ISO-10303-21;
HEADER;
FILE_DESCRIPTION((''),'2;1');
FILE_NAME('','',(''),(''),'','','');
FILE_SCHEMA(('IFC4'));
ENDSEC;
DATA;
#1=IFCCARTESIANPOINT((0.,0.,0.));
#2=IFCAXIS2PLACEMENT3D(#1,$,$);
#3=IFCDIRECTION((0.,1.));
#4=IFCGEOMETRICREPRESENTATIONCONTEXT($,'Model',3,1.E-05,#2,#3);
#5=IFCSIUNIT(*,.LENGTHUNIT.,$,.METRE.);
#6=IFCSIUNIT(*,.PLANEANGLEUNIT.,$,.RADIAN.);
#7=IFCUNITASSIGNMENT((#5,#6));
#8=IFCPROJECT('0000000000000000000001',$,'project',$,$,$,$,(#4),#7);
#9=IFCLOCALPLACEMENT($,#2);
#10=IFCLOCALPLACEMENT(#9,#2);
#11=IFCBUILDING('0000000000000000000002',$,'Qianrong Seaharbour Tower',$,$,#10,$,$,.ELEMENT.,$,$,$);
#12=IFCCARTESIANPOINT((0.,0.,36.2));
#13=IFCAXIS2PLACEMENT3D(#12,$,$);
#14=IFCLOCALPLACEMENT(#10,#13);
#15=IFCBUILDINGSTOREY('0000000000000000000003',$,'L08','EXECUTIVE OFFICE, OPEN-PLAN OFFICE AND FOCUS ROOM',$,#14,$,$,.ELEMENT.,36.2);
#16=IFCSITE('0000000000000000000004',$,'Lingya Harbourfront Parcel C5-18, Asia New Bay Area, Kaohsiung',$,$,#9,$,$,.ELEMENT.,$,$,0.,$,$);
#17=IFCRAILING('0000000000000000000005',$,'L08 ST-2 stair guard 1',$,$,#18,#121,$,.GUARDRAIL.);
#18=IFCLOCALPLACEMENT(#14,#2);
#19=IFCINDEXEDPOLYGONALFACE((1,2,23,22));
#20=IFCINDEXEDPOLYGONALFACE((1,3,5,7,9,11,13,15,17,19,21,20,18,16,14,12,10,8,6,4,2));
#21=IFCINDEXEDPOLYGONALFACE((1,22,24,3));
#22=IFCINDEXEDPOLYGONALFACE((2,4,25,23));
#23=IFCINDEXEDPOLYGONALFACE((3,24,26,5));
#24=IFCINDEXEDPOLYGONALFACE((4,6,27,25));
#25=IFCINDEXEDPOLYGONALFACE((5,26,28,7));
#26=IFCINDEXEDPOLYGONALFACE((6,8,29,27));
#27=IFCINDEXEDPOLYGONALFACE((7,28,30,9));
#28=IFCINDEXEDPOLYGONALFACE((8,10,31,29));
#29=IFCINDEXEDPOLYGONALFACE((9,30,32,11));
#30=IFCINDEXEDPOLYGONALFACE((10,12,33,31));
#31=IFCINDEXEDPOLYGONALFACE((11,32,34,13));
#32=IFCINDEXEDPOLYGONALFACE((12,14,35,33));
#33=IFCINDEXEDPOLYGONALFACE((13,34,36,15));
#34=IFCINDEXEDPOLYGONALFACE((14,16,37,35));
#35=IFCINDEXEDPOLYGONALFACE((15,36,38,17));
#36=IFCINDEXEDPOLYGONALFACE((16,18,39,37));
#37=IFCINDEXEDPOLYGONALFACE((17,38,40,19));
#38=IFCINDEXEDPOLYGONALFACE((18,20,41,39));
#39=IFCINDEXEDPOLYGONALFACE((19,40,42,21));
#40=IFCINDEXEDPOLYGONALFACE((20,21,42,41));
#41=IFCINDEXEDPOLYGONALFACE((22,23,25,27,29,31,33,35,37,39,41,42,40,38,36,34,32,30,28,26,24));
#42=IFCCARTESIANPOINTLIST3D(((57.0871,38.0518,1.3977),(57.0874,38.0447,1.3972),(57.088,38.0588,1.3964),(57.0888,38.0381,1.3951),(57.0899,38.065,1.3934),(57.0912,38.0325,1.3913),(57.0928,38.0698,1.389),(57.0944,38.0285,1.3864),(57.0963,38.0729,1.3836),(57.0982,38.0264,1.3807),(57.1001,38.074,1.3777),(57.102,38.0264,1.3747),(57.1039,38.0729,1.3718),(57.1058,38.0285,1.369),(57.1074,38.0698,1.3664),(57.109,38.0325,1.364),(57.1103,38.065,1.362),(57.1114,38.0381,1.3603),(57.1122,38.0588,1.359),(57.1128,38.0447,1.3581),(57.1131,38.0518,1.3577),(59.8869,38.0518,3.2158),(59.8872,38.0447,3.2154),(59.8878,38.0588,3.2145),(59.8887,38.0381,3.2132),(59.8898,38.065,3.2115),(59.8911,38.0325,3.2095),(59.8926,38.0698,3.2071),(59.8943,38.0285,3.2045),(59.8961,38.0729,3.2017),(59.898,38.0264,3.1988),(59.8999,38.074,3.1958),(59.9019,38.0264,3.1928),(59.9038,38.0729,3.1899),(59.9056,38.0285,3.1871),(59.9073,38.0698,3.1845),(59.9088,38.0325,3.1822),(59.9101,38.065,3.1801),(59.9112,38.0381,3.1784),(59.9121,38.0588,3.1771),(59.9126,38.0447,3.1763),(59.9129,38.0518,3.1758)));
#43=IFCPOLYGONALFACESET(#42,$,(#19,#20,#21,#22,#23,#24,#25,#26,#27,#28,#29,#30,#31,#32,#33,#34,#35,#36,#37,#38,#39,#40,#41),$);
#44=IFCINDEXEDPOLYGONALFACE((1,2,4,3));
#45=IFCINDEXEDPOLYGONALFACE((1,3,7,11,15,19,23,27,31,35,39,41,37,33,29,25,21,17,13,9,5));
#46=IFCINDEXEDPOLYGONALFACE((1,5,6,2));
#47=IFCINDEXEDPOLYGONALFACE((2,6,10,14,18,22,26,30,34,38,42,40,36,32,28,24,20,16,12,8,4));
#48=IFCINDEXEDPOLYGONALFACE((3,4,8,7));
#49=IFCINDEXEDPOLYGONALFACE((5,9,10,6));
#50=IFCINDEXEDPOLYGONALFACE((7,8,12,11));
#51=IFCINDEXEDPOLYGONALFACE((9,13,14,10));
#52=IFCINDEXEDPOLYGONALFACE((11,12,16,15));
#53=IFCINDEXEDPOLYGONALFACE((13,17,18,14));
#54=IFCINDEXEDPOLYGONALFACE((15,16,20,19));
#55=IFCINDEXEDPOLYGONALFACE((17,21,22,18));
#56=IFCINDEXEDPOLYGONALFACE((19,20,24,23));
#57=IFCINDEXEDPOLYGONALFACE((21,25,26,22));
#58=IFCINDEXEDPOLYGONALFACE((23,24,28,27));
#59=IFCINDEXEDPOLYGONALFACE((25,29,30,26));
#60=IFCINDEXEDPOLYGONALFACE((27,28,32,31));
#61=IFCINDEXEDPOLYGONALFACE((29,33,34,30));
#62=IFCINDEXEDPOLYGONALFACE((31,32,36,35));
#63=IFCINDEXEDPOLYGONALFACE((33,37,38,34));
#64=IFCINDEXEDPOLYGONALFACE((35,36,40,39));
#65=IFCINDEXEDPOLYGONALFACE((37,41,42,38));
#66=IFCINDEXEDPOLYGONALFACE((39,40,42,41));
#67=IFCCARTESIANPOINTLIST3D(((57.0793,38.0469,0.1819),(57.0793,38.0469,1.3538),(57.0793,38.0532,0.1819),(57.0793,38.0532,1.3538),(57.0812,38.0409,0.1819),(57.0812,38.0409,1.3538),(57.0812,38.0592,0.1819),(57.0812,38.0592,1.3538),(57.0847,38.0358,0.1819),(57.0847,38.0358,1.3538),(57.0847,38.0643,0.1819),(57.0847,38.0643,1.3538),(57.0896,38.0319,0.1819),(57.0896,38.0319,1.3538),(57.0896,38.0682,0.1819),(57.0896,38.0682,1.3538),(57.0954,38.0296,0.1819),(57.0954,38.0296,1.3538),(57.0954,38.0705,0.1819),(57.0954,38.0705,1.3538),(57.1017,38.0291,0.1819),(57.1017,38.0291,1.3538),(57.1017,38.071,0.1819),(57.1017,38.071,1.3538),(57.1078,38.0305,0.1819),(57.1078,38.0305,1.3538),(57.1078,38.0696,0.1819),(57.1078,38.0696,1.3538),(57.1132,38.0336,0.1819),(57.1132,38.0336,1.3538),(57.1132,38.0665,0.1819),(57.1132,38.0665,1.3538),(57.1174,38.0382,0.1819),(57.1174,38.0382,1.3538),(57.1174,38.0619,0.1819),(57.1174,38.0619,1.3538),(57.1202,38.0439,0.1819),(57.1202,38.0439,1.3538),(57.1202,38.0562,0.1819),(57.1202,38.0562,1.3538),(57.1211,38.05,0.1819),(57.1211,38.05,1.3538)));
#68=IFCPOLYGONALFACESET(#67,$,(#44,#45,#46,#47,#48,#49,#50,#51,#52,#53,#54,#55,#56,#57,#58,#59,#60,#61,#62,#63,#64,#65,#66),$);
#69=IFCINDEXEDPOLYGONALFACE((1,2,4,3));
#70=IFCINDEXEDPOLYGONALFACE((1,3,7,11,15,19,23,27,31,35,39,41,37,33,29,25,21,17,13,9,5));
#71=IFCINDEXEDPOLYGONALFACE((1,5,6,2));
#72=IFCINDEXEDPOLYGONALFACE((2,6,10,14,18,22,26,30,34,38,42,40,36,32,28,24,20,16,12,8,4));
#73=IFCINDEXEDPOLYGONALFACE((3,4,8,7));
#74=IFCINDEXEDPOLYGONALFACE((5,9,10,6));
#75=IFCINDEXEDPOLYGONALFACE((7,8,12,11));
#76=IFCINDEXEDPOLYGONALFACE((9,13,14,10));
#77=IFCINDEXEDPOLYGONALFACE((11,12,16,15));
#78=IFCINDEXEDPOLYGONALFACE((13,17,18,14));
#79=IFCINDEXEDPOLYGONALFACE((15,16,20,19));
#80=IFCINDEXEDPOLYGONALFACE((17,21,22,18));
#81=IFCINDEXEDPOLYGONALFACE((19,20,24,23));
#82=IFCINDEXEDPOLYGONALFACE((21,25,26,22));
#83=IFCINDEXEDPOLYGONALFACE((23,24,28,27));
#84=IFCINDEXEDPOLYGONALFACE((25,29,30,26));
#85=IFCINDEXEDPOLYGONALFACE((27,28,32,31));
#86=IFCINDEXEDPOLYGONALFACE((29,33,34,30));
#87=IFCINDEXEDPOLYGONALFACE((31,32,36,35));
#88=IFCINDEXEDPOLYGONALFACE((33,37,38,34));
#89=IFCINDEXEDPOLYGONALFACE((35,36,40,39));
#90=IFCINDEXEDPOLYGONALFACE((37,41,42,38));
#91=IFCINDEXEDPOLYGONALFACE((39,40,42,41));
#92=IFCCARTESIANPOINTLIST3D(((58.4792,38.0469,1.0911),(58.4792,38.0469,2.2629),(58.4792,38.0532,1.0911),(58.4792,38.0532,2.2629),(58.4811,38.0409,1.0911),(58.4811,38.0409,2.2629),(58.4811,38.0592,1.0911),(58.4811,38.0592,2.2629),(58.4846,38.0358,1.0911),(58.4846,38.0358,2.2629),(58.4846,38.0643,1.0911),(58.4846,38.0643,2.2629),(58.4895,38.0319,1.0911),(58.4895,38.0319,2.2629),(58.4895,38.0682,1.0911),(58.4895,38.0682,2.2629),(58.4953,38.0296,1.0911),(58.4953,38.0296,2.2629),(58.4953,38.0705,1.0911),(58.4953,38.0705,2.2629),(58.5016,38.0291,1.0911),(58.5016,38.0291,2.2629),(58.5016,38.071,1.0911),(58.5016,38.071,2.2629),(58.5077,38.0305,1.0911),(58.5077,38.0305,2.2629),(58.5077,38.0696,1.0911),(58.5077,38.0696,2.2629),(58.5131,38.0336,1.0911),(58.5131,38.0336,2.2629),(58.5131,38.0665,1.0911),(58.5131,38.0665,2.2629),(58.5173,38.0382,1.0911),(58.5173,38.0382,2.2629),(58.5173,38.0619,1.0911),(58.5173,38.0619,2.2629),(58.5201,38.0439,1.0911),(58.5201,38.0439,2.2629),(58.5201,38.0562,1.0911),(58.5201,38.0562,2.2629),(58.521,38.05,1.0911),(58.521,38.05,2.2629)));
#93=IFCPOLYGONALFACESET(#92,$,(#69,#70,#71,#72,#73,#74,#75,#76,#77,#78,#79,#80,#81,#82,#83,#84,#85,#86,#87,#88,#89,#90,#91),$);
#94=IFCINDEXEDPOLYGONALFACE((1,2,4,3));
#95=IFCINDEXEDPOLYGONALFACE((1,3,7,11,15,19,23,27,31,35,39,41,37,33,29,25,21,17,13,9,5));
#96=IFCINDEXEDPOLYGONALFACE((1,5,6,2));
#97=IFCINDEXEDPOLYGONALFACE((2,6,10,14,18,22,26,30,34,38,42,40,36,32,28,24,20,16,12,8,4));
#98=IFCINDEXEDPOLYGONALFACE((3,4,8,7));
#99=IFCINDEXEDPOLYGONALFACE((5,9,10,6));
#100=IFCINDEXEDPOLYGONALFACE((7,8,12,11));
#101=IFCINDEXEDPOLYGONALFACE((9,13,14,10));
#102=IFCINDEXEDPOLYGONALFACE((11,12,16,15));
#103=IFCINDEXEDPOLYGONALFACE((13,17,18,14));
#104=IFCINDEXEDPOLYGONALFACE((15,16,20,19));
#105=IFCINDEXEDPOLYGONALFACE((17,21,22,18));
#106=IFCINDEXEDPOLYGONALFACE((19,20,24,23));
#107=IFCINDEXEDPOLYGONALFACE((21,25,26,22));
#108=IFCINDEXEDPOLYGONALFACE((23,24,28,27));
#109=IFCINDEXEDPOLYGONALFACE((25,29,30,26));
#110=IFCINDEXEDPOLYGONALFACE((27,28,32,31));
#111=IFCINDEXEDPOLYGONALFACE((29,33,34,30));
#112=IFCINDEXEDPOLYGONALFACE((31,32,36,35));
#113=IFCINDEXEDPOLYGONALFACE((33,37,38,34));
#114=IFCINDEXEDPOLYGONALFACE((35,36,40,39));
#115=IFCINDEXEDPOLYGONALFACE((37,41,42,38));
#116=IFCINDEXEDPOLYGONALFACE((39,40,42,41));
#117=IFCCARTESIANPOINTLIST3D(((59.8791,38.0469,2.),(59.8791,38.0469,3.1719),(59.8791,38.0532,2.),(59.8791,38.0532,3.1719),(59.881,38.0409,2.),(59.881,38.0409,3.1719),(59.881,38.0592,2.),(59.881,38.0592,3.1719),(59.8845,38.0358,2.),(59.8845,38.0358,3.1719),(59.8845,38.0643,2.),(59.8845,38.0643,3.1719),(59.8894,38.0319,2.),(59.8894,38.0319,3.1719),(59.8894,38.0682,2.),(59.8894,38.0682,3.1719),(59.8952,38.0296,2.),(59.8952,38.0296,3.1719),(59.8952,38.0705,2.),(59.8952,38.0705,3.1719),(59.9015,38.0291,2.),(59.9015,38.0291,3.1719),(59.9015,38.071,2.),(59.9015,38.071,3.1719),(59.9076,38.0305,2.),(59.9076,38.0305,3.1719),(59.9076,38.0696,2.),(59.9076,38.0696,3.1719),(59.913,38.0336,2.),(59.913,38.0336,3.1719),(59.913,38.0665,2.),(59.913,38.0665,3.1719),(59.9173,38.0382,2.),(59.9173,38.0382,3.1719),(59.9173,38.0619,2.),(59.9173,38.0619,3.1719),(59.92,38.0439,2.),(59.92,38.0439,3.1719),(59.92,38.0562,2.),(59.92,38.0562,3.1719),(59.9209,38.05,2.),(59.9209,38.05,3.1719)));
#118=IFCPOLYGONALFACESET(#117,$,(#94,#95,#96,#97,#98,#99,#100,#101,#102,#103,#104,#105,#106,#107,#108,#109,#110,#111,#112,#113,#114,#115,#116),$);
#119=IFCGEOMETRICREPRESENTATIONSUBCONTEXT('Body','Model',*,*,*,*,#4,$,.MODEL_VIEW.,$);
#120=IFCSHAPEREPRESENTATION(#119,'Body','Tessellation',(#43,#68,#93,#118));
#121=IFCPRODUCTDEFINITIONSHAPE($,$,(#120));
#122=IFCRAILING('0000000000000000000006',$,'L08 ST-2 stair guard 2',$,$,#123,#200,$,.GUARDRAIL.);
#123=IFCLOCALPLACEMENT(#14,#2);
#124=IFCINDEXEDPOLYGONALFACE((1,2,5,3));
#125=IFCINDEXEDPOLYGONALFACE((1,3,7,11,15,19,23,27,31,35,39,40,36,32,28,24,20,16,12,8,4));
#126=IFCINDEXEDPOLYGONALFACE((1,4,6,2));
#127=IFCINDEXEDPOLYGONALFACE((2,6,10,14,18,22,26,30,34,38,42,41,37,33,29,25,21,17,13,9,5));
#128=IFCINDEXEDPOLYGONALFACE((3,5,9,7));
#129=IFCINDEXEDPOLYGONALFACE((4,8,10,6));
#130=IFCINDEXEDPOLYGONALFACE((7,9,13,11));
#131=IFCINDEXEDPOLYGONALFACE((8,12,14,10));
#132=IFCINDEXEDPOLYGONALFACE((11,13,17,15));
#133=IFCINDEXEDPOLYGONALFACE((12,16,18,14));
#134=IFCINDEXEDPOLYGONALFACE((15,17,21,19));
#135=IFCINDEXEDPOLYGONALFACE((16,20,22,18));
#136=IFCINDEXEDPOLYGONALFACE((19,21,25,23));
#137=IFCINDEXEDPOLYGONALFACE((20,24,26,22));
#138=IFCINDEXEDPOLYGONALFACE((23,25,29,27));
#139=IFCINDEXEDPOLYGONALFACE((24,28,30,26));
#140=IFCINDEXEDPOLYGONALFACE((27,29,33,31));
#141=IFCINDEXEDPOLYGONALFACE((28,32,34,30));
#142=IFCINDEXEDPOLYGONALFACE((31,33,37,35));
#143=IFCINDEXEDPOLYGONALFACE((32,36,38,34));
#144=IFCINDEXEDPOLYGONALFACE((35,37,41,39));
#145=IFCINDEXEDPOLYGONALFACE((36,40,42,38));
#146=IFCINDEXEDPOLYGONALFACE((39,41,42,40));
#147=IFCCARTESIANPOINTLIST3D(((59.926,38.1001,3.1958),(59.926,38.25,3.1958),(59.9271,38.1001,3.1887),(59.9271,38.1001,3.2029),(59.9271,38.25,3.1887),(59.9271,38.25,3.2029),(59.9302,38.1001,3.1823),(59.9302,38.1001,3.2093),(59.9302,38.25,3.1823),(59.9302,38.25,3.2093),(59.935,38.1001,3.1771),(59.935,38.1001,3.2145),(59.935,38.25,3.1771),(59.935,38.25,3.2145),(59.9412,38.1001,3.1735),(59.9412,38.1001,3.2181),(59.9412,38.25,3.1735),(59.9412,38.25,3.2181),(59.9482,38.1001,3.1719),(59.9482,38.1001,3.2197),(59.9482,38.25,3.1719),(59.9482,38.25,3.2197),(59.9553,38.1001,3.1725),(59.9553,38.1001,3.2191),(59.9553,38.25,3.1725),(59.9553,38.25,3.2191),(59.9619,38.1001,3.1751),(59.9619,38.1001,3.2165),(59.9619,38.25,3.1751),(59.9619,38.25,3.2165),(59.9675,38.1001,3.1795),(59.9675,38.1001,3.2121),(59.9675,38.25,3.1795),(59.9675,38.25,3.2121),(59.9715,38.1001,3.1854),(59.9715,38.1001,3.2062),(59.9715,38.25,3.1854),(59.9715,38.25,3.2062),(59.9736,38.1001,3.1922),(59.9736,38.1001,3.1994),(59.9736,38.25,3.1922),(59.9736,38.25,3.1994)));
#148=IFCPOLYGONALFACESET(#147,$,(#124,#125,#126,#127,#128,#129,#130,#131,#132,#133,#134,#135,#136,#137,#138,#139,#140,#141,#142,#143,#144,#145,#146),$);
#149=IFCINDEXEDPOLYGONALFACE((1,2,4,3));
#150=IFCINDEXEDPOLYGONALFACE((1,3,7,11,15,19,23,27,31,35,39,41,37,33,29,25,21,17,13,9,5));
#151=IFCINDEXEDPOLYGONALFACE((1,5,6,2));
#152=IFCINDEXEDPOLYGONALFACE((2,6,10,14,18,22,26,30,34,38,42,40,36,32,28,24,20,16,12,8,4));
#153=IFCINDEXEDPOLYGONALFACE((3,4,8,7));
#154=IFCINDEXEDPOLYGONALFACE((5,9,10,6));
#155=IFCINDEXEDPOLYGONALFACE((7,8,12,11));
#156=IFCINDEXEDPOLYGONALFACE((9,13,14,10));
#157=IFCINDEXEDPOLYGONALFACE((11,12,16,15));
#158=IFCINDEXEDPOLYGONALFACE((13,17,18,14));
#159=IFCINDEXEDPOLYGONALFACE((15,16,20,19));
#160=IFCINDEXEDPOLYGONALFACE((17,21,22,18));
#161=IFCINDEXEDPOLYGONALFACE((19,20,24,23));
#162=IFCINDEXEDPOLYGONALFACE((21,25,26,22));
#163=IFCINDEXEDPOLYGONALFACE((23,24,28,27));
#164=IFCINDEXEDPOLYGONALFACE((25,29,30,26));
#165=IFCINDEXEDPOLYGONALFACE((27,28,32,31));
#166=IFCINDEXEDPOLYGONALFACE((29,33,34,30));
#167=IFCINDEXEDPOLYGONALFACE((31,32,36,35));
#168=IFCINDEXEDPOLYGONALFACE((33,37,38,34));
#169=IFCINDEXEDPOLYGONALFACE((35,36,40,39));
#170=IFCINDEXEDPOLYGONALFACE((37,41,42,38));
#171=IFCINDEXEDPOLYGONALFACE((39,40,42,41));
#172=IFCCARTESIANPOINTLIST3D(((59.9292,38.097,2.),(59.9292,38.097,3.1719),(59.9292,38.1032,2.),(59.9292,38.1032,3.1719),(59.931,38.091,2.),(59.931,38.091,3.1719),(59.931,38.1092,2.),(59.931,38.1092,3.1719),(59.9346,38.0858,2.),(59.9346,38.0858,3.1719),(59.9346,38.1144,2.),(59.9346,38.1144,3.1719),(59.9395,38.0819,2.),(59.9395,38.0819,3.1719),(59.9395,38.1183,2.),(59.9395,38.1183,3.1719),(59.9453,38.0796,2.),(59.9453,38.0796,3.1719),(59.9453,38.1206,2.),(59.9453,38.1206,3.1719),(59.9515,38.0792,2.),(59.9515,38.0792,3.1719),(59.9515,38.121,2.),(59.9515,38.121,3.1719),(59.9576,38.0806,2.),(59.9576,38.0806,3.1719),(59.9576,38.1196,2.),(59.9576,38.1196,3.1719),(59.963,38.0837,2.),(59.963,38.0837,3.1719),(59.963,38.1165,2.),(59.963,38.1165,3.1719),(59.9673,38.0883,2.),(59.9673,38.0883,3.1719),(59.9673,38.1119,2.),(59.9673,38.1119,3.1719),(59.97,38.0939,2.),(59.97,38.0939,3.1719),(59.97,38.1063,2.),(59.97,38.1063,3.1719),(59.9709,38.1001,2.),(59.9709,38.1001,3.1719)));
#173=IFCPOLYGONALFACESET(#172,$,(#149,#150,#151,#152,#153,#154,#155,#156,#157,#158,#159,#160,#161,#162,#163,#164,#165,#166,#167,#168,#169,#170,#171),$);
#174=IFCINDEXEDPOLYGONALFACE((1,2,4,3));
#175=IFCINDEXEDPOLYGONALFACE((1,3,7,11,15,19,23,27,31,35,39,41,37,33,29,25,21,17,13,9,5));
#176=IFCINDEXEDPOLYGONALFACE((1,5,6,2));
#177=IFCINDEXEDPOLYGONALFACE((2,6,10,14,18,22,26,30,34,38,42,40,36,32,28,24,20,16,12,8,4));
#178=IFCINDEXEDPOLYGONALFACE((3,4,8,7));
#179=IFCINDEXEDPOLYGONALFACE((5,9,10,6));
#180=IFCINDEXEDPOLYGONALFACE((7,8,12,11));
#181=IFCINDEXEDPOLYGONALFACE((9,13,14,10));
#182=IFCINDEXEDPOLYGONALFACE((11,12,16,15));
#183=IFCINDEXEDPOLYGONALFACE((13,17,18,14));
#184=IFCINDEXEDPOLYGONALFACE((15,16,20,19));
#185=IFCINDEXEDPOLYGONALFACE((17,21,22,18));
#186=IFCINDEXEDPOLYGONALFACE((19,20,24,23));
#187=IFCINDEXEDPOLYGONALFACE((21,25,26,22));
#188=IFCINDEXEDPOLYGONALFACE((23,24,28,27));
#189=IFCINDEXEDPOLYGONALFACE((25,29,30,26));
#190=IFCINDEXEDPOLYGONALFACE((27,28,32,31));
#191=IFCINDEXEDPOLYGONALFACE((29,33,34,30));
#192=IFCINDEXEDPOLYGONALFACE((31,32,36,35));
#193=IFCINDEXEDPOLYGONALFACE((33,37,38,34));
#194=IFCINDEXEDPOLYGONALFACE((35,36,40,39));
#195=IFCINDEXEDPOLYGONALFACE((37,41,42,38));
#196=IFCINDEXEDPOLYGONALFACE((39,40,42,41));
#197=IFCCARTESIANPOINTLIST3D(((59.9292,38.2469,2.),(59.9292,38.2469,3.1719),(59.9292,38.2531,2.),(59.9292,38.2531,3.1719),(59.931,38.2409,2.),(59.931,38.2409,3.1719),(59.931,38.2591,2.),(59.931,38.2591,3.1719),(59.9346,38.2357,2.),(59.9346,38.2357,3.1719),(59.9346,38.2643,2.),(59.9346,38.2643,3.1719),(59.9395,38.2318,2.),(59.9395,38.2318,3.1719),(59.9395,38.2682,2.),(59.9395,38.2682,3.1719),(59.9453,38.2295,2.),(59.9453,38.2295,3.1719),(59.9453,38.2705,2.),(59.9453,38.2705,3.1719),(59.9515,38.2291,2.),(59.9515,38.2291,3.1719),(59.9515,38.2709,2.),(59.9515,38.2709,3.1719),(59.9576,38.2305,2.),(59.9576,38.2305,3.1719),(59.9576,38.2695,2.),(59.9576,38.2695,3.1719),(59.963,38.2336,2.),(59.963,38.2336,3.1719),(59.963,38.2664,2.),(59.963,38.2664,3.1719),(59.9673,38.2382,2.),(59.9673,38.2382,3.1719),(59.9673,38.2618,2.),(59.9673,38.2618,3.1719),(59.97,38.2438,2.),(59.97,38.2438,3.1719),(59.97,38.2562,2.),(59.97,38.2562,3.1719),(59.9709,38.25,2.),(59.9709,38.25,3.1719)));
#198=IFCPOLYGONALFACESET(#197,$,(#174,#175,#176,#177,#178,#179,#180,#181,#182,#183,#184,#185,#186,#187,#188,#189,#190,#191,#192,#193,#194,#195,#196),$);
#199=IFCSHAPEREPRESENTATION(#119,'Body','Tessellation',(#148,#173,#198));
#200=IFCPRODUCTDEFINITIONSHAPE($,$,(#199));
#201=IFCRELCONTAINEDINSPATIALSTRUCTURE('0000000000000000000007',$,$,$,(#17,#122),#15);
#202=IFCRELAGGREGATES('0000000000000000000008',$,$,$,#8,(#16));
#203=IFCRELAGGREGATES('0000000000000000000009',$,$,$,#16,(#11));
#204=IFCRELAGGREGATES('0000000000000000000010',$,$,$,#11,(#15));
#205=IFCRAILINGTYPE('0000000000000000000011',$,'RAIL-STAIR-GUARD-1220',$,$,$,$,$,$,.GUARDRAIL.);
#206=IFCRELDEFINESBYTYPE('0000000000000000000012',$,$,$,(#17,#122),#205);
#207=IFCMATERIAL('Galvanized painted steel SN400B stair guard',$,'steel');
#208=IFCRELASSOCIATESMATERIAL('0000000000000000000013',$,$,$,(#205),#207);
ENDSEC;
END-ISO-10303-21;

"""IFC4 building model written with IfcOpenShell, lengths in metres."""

from ifc_helpers import new_model, si_unit, direction, frame, origin, origin_2d, place, context, subcontext, project, spatial, circle, extrude, material, type_object, element, save


model = new_model("IFC4")

# Units and contexts
model_context = context("Model", 3, precision=1e-05, world=origin(), true_north=direction((0.0, 1.0)))
body_context = subcontext(model_context, "Body", "Model", "MODEL_VIEW")
ifc_project = project(units=[si_unit("LENGTHUNIT", "METRE"), si_unit("PLANEANGLEUNIT", "RADIAN")], contexts=[model_context])

# Site, building, storey
site_placement = place(None, origin())
site = spatial("IfcSite", under=ifc_project, at=site_placement, Name="Lingya Harbourfront Parcel C5-18, Asia New Bay Area, Kaohsiung", CompositionType="ELEMENT", RefElevation=0.0)
building_placement = place(site_placement, origin())
building = spatial("IfcBuilding", under=site, at=building_placement, Name="Qianrong Seaharbour Tower", CompositionType="ELEMENT")
storey_placement = place(building_placement, frame((0.0, 0.0, 36.2)))
storey = spatial("IfcBuildingStorey", under=building, at=storey_placement, Name="L08", Description="EXECUTIVE OFFICE, OPEN-PLAN OFFICE AND FOCUS ROOM", CompositionType="ELEMENT", Elevation=36.2)

# Railings
ifc_material_1 = material(Name="Galvanized painted steel SN400B stair guard", Category="steel")
railing_type_1 = type_object("IfcRailingType", Name="RAIL-STAIR-GUARD-1220", PredefinedType="GUARDRAIL", material=ifc_material_1)
railing_1_placement = place(storey_placement, frame((57.1001, 38.05, 0.1819)))
element("IfcRailing", 1, at=railing_1_placement, inside=storey, type_object=railing_type_1, Name="L08 ST-2 stair guard 1", PredefinedType="GUARDRAIL", context=body_context, shape_type="SweptSolid", body=[
    extrude(circle(Radius=0.0239, at=origin_2d()), frame((0.0, 0.0, 1.1958), z_axis=(0.838684, 0.0, 0.544618), x_axis=(0.0, 1.0, 0.0)), (0.0, 0.0, 1.0), 3.3384),
    extrude(circle(Radius=0.021, at=origin_2d()), origin(), (0.0, 0.0, 1.0), 1.1719),
    extrude(circle(Radius=0.021, at=origin_2d()), frame((1.3999, 0.0, 0.9092)), (0.0, 0.0, 1.0), 1.1719),
    extrude(circle(Radius=0.021, at=origin_2d()), frame((2.7998, 0.0, 1.8181)), (0.0, 0.0, 1.0), 1.1719),
])
railing_2_placement = place(storey_placement, frame((59.95, 38.1001, 2.0)))
element("IfcRailing", 2, at=railing_2_placement, inside=storey, type_object=railing_type_1, Name="L08 ST-2 stair guard 2", PredefinedType="GUARDRAIL", context=body_context, shape_type="SweptSolid", body=[
    extrude(circle(Radius=0.0239, at=origin_2d()), frame((0.0, 0.0, 1.1958), z_axis=(0.0, 1.0, 0.0), x_axis=(-1.0, 0.0, 0.0)), (0.0, 0.0, 1.0), 0.1499),
    extrude(circle(Radius=0.021, at=origin_2d()), origin(), (0.0, 0.0, 1.0), 1.1719),
    extrude(circle(Radius=0.021, at=origin_2d()), frame((0.0, 0.1499, 0.0)), (0.0, 0.0, 1.0), 1.1719),
])

save(model, "model.ifc")
